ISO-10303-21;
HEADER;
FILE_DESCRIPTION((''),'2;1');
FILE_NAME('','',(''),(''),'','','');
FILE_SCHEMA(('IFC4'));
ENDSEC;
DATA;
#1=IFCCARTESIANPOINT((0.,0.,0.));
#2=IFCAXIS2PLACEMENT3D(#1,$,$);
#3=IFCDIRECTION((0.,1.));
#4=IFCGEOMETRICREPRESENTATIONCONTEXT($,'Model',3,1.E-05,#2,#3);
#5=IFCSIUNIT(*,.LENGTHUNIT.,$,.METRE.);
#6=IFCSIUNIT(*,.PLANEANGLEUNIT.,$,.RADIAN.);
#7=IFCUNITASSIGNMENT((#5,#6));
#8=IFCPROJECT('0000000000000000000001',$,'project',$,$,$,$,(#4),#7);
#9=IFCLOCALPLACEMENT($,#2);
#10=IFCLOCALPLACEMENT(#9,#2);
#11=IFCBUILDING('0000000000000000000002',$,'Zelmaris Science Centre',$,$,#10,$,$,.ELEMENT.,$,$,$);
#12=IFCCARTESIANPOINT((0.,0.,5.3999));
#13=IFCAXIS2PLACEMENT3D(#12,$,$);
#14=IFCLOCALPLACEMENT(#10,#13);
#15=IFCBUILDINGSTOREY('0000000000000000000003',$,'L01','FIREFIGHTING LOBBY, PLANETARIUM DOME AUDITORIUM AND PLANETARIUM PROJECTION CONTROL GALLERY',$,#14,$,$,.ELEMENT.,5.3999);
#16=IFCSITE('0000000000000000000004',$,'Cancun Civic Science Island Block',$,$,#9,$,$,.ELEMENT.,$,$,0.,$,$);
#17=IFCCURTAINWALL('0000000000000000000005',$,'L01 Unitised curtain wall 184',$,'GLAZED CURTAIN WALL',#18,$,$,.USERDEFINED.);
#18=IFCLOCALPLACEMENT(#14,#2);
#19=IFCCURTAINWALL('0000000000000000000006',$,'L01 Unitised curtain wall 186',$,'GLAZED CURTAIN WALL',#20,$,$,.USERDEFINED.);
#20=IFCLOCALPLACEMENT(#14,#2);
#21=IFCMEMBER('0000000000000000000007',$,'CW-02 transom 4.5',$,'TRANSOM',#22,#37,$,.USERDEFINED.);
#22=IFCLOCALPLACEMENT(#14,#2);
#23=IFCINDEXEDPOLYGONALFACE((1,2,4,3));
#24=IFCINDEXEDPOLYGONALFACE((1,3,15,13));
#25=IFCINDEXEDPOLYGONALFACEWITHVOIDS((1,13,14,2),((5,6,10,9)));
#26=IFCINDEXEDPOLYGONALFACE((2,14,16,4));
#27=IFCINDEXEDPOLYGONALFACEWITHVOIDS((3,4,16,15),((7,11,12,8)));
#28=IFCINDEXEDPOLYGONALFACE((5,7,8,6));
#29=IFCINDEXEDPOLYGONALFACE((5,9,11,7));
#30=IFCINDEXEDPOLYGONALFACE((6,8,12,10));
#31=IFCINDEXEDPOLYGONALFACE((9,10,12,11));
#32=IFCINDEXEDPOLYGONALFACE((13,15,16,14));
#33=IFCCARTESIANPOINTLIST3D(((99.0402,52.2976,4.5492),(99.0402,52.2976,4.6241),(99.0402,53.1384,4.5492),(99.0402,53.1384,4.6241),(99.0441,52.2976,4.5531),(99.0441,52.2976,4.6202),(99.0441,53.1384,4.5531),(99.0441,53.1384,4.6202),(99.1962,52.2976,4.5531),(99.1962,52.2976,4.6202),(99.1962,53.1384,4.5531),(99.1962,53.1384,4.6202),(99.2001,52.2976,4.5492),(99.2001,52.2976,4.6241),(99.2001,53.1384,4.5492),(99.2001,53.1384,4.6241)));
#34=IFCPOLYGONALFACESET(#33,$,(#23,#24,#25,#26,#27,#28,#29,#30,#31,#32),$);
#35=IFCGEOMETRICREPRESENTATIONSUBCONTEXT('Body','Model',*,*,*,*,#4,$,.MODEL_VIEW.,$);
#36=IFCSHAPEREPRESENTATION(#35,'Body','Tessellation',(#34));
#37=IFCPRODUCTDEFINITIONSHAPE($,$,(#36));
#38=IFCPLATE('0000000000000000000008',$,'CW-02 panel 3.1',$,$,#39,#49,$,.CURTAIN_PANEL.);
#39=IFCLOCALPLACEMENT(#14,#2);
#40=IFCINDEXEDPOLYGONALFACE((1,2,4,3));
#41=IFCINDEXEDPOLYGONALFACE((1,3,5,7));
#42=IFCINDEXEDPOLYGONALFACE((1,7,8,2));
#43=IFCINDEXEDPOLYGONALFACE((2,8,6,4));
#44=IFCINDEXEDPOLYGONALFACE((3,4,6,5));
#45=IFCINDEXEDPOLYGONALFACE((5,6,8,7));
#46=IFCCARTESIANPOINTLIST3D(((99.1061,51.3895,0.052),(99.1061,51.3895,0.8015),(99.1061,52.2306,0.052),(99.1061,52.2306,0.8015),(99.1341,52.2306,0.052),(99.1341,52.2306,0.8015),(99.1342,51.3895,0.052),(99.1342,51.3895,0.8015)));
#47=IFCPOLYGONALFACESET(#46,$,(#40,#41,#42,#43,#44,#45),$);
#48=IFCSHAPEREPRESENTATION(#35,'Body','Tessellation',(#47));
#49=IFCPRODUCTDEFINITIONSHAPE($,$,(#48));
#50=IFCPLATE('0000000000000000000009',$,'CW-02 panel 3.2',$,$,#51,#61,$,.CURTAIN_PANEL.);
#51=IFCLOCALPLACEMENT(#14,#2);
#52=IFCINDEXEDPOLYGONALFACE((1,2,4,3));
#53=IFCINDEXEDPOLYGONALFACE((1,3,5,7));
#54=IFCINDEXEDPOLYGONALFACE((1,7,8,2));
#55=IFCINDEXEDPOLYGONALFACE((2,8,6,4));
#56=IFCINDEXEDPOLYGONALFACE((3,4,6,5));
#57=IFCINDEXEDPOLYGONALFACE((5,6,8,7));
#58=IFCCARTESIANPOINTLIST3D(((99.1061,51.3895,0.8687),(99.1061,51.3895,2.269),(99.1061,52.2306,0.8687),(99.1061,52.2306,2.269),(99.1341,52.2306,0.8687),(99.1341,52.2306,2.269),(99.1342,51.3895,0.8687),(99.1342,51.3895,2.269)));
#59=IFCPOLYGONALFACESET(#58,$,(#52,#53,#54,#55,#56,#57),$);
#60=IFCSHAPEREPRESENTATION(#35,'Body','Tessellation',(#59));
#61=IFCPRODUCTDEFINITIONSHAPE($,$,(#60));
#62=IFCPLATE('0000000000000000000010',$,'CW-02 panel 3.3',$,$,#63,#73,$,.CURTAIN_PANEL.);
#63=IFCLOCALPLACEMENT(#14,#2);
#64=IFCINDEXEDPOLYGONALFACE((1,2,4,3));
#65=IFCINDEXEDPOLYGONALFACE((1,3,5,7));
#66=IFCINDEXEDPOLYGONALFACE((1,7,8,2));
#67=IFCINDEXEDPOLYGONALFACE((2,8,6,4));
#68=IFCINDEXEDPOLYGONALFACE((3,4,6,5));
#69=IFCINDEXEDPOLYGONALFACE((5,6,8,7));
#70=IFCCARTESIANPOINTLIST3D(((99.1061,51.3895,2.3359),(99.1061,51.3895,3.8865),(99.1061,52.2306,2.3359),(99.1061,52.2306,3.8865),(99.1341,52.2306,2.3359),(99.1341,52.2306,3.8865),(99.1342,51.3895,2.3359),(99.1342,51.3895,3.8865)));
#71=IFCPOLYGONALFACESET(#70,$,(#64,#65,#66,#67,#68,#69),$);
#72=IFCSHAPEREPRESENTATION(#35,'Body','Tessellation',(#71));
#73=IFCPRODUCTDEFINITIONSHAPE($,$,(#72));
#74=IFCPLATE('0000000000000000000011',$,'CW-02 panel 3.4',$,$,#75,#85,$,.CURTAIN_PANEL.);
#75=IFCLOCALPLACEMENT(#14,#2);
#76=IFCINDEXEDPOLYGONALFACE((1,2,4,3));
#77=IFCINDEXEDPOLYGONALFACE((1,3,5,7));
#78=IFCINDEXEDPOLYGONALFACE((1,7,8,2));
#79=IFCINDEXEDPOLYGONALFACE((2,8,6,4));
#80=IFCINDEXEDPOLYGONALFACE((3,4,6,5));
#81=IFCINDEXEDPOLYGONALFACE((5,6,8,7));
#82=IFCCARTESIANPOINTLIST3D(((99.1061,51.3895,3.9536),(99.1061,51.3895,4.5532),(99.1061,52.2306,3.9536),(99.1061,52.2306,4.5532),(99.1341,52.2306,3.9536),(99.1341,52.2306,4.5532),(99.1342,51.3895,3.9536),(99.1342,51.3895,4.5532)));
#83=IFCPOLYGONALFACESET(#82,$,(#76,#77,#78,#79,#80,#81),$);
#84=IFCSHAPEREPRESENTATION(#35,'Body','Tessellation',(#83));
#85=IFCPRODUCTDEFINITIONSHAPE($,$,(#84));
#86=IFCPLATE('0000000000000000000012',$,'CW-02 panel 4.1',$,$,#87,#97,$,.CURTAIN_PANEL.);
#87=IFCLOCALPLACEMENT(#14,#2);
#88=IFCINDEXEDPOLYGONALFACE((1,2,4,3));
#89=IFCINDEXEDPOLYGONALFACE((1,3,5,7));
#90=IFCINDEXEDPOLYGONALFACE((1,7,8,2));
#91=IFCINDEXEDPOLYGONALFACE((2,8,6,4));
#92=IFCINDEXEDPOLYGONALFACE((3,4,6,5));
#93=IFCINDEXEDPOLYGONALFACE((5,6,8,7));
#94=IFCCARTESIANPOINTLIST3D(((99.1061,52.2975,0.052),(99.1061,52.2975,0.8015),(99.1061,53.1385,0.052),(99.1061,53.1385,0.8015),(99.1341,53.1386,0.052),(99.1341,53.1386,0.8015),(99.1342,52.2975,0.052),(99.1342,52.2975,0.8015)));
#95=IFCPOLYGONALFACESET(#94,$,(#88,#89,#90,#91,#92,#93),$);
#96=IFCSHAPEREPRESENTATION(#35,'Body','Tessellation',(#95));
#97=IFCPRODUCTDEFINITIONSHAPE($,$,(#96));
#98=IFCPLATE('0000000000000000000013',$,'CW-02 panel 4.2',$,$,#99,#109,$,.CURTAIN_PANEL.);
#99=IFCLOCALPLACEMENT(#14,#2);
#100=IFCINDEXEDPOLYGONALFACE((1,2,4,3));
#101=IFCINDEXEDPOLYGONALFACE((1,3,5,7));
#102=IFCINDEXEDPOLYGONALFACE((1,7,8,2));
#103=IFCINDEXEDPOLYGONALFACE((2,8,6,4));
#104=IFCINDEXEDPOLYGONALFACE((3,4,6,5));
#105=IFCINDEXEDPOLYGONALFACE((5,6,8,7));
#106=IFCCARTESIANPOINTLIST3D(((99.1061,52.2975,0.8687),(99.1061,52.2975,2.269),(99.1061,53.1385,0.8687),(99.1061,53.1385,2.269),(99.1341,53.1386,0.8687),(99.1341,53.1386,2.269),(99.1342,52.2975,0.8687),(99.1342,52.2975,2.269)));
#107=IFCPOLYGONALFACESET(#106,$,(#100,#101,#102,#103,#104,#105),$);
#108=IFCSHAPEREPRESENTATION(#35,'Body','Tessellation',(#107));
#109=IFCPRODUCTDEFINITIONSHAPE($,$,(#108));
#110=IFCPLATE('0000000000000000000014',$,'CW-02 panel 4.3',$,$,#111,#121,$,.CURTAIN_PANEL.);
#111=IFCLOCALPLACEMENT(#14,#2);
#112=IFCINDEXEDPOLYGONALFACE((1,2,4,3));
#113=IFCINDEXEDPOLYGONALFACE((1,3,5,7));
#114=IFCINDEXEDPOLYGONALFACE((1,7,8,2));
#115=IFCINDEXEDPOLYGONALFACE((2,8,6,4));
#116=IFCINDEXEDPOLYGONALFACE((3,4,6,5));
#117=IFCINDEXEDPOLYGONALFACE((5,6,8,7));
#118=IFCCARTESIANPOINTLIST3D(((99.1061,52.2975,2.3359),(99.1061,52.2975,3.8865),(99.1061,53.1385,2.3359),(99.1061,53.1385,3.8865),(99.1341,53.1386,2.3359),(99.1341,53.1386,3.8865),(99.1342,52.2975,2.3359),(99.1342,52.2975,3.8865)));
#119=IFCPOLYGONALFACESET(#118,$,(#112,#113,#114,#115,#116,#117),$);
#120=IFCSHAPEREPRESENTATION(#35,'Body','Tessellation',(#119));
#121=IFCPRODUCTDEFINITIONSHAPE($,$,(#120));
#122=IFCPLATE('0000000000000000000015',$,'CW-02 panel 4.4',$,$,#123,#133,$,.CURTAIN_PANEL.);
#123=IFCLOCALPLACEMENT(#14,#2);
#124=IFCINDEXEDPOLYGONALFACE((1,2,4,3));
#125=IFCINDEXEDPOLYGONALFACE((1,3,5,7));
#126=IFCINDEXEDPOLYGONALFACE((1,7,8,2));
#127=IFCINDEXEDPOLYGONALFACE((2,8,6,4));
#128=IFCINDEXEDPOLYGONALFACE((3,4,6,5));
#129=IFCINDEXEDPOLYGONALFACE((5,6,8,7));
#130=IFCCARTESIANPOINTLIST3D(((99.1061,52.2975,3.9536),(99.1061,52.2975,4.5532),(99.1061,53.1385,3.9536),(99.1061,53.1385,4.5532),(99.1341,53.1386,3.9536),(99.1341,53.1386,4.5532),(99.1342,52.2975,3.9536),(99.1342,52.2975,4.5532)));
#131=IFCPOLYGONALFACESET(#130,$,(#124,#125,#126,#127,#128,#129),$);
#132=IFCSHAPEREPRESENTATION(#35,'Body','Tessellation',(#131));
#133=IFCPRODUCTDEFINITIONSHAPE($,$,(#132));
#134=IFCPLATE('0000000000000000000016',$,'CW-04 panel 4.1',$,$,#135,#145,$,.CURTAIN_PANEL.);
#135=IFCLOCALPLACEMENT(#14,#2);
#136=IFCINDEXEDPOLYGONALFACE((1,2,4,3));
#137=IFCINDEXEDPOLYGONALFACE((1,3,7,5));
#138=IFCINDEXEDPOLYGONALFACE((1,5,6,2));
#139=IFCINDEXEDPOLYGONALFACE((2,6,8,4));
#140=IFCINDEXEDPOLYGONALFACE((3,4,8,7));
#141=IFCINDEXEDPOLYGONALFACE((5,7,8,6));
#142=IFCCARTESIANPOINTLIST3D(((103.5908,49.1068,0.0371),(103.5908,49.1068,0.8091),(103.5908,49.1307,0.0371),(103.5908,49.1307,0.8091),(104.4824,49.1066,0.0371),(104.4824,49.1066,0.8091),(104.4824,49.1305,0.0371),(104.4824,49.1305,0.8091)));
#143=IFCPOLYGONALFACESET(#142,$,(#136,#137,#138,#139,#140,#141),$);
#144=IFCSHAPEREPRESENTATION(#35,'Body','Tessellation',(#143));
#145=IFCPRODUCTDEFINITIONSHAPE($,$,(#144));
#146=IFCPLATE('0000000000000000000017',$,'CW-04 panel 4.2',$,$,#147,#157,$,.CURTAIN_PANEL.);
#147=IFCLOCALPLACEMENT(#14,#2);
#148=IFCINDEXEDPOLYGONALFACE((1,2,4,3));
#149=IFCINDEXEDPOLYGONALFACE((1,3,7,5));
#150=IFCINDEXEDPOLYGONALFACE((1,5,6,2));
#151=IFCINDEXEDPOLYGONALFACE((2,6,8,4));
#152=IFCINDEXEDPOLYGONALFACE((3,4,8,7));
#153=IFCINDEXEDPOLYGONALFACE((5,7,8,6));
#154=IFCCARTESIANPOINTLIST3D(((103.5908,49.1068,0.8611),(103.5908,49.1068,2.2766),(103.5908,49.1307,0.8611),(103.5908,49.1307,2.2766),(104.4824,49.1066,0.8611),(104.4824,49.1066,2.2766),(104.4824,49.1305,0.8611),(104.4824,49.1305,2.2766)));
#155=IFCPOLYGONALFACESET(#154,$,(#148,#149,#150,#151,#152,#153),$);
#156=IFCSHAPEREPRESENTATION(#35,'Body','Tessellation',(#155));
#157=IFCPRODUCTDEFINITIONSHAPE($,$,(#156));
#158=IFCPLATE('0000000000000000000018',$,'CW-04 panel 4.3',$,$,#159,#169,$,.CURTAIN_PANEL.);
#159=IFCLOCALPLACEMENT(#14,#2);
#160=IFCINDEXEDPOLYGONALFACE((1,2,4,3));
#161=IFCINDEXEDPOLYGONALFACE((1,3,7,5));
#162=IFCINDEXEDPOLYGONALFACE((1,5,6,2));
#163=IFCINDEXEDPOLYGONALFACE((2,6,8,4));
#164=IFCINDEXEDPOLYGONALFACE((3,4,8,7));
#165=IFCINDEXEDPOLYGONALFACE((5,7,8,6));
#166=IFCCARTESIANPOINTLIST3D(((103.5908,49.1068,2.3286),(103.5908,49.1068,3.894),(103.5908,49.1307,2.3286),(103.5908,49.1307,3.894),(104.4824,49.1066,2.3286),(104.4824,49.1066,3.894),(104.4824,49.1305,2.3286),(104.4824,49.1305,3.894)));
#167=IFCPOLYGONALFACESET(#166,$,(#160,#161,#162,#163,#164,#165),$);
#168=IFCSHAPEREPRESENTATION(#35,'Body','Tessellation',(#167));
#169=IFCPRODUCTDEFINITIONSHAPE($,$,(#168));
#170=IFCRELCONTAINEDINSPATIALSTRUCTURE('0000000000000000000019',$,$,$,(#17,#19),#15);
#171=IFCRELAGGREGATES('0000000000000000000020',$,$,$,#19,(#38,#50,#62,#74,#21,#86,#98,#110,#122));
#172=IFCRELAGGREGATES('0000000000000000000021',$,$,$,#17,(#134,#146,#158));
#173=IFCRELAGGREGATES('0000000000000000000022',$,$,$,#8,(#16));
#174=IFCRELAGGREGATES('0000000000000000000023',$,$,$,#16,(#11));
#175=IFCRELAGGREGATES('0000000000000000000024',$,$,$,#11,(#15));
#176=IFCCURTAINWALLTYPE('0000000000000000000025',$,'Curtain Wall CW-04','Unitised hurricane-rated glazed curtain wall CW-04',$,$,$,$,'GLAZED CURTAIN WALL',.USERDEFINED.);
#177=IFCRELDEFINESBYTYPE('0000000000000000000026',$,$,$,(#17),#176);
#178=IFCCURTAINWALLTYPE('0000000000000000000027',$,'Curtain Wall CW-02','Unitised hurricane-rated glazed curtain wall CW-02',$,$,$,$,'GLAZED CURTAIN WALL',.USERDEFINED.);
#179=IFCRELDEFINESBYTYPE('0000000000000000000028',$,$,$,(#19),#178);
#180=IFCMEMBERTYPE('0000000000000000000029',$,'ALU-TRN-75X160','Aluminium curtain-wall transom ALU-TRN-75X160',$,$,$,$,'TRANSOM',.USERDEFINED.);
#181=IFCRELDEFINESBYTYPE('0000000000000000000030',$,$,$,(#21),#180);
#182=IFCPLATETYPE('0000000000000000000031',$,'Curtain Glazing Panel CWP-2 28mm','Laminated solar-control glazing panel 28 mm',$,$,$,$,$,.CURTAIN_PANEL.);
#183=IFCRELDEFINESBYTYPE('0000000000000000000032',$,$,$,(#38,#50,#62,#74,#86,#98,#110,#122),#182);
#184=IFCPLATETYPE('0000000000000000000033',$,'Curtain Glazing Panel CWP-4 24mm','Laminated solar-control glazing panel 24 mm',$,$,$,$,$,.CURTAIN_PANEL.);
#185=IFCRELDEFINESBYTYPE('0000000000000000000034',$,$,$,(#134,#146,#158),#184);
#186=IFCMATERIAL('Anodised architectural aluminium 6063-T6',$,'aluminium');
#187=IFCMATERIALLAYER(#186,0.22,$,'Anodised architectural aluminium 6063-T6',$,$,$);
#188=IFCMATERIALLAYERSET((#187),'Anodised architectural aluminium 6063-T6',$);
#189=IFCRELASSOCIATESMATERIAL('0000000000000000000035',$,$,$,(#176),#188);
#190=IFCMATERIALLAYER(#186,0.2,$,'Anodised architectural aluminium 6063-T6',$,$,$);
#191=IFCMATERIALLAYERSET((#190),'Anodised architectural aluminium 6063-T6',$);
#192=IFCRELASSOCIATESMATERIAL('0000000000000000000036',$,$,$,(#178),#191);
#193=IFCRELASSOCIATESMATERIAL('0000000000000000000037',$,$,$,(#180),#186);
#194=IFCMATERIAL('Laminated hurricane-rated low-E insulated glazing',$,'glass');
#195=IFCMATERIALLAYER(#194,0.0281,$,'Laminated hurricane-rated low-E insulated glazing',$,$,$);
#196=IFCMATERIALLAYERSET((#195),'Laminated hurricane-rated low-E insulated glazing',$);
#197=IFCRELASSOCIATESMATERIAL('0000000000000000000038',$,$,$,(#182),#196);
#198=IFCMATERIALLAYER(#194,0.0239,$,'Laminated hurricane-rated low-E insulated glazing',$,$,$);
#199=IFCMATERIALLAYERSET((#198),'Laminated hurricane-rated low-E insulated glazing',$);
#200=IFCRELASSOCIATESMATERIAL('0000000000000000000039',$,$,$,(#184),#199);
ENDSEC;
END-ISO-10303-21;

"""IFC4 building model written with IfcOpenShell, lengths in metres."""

from ifc_helpers import new_model, si_unit, direction, frame, origin, origin_2d, place, context, subcontext, project, spatial, rectangle, hollow_rectangle, extrude, material, layer, layer_set, material_profile, profile_set, type_object, element, aggregate, save


model = new_model("IFC4")

# Units and contexts
model_context = context("Model", 3, precision=1e-05, world=origin(), true_north=direction((0.0, 1.0)))
body_context = subcontext(model_context, "Body", "Model", "MODEL_VIEW")
ifc_project = project(units=[si_unit("LENGTHUNIT", "METRE"), si_unit("PLANEANGLEUNIT", "RADIAN")], contexts=[model_context])

# Site, building, storey
site_placement = place(None, origin())
site = spatial("IfcSite", under=ifc_project, at=site_placement, Name="Cancun Civic Science Island Block", CompositionType="ELEMENT", RefElevation=0.0)
building_placement = place(site_placement, origin())
building = spatial("IfcBuilding", under=site, at=building_placement, Name="Zelmaris Science Centre", CompositionType="ELEMENT")
storey_placement = place(building_placement, frame((0.0, 0.0, 5.3999)))
storey = spatial("IfcBuildingStorey", under=building, at=storey_placement, Name="L01", Description="FIREFIGHTING LOBBY, PLANETARIUM DOME AUDITORIUM AND PLANETARIUM PROJECTION CONTROL GALLERY", CompositionType="ELEMENT", Elevation=5.3999)

# Curtain wall
ifc_material_1 = material(Name="Anodised architectural aluminium 6063-T6", Category="aluminium")
ifc_layer_1 = layer(ifc_material_1, 0.22, Name="Anodised architectural aluminium 6063-T6")
ifc_layer_set_1 = layer_set([ifc_layer_1], Name="Anodised architectural aluminium 6063-T6")
curtain_wall_type_1 = type_object("IfcCurtainWallType", Name="Curtain Wall CW-04", Description="Unitised hurricane-rated glazed curtain wall CW-04", ElementType="GLAZED CURTAIN WALL", PredefinedType="USERDEFINED", material=ifc_layer_set_1)
curtain_wall_1_placement = place(storey_placement, origin())
curtain_wall_1 = element("IfcCurtainWall", 1, at=curtain_wall_1_placement, inside=storey, type_object=curtain_wall_type_1, Name="L01 Unitised curtain wall 184", ObjectType="GLAZED CURTAIN WALL", PredefinedType="USERDEFINED")

# Curtain wall, member, plates
ifc_layer_2 = layer(ifc_material_1, 0.2, Name="Anodised architectural aluminium 6063-T6")
ifc_layer_set_2 = layer_set([ifc_layer_2], Name="Anodised architectural aluminium 6063-T6")
curtain_wall_type_2 = type_object("IfcCurtainWallType", Name="Curtain Wall CW-02", Description="Unitised hurricane-rated glazed curtain wall CW-02", ElementType="GLAZED CURTAIN WALL", PredefinedType="USERDEFINED", material=ifc_layer_set_2)
curtain_wall_2_placement = place(storey_placement, origin())
curtain_wall_2 = element("IfcCurtainWall", 2, at=curtain_wall_2_placement, inside=storey, type_object=curtain_wall_type_2, Name="L01 Unitised curtain wall 186", ObjectType="GLAZED CURTAIN WALL", PredefinedType="USERDEFINED")
ifc_material_profile_1 = material_profile(ifc_material_1, hollow_rectangle(XDim=0.075, YDim=0.1599, WallThickness=0.0039, at=origin_2d()), Name="ALU-TRN-75X160")
ifc_profile_set_1 = profile_set([ifc_material_profile_1], Name="Anodised architectural aluminium 6063-T6")
member_type_1 = type_object("IfcMemberType", Name="ALU-TRN-75X160", Description="Aluminium curtain-wall transom ALU-TRN-75X160", ElementType="TRANSOM", PredefinedType="USERDEFINED", material=ifc_profile_set_1)
member_1_placement = place(storey_placement, frame((99.1201, 52.2976, 4.5867), z_axis=(0.0, 1.0, 0.0), x_axis=(0.0, 0.0, 1.0)))
member_1 = element("IfcMember", 3, at=member_1_placement, type_object=member_type_1, Name="CW-02 transom 4.5", ObjectType="TRANSOM", PredefinedType="USERDEFINED", context=body_context, shape_type="SweptSolid", body=[
    extrude(hollow_rectangle(XDim=0.075, YDim=0.1599, WallThickness=0.0039, at=origin_2d()), origin(), (0.0, 0.0, 1.0), 0.8408),
])
ifc_material_2 = material(Name="Laminated hurricane-rated low-E insulated glazing", Category="glass")
ifc_layer_3 = layer(ifc_material_2, 0.0281, Name="Laminated hurricane-rated low-E insulated glazing")
ifc_layer_set_3 = layer_set([ifc_layer_3], Name="Laminated hurricane-rated low-E insulated glazing")
plate_type_1 = type_object("IfcPlateType", Name="Curtain Glazing Panel CWP-2 28mm", Description="Laminated solar-control glazing panel 28 mm", PredefinedType="CURTAIN_PANEL", material=ifc_layer_set_3)
plate_1_placement = place(storey_placement, frame((99.1201, 51.8101, 0.052), z_axis=(0.0, 0.0, 1.0), x_axis=(-0.000022, 1.0, 0.0)))
plate_1 = element("IfcPlate", 4, at=plate_1_placement, type_object=plate_type_1, Name="CW-02 panel 3.1", PredefinedType="CURTAIN_PANEL", context=body_context, shape_type="SweptSolid", body=[
    extrude(rectangle(XDim=0.8411, YDim=0.0281, at=origin_2d()), origin(), (0.0, 0.0, 1.0), 0.7495),
])
plate_2_placement = place(storey_placement, frame((99.1201, 51.8101, 0.8687), z_axis=(0.0, 0.0, 1.0), x_axis=(-0.000022, 1.0, 0.0)))
plate_2 = element("IfcPlate", 5, at=plate_2_placement, type_object=plate_type_1, Name="CW-02 panel 3.2", PredefinedType="CURTAIN_PANEL", context=body_context, shape_type="SweptSolid", body=[
    extrude(rectangle(XDim=0.8411, YDim=0.0281, at=origin_2d()), origin(), (0.0, 0.0, 1.0), 1.4004),
])
plate_3_placement = place(storey_placement, frame((99.1201, 51.8101, 2.3359), z_axis=(0.0, 0.0, 1.0), x_axis=(-0.000022, 1.0, 0.0)))
plate_3 = element("IfcPlate", 6, at=plate_3_placement, type_object=plate_type_1, Name="CW-02 panel 3.3", PredefinedType="CURTAIN_PANEL", context=body_context, shape_type="SweptSolid", body=[
    extrude(rectangle(XDim=0.8411, YDim=0.0281, at=origin_2d()), origin(), (0.0, 0.0, 1.0), 1.5505),
])
plate_4_placement = place(storey_placement, frame((99.1201, 51.8101, 3.9536), z_axis=(0.0, 0.0, 1.0), x_axis=(-0.000022, 1.0, 0.0)))
plate_4 = element("IfcPlate", 7, at=plate_4_placement, type_object=plate_type_1, Name="CW-02 panel 3.4", PredefinedType="CURTAIN_PANEL", context=body_context, shape_type="SweptSolid", body=[
    extrude(rectangle(XDim=0.8411, YDim=0.0281, at=origin_2d()), origin(), (0.0, 0.0, 1.0), 0.5996),
])
plate_5_placement = place(storey_placement, frame((99.1201, 52.718, 0.052), z_axis=(0.0, 0.0, 1.0), x_axis=(-0.000022, 1.0, 0.0)))
plate_5 = element("IfcPlate", 8, at=plate_5_placement, type_object=plate_type_1, Name="CW-02 panel 4.1", PredefinedType="CURTAIN_PANEL", context=body_context, shape_type="SweptSolid", body=[
    extrude(rectangle(XDim=0.8411, YDim=0.0281, at=origin_2d()), origin(), (0.0, 0.0, 1.0), 0.7495),
])
plate_6_placement = place(storey_placement, frame((99.1201, 52.718, 0.8687), z_axis=(0.0, 0.0, 1.0), x_axis=(-0.000022, 1.0, 0.0)))
plate_6 = element("IfcPlate", 9, at=plate_6_placement, type_object=plate_type_1, Name="CW-02 panel 4.2", PredefinedType="CURTAIN_PANEL", context=body_context, shape_type="SweptSolid", body=[
    extrude(rectangle(XDim=0.8411, YDim=0.0281, at=origin_2d()), origin(), (0.0, 0.0, 1.0), 1.4004),
])
plate_7_placement = place(storey_placement, frame((99.1201, 52.718, 2.3359), z_axis=(0.0, 0.0, 1.0), x_axis=(-0.000022, 1.0, 0.0)))
plate_7 = element("IfcPlate", 10, at=plate_7_placement, type_object=plate_type_1, Name="CW-02 panel 4.3", PredefinedType="CURTAIN_PANEL", context=body_context, shape_type="SweptSolid", body=[
    extrude(rectangle(XDim=0.8411, YDim=0.0281, at=origin_2d()), origin(), (0.0, 0.0, 1.0), 1.5505),
])
plate_8_placement = place(storey_placement, frame((99.1201, 52.718, 3.9536), z_axis=(0.0, 0.0, 1.0), x_axis=(-0.000022, 1.0, 0.0)))
plate_8 = element("IfcPlate", 11, at=plate_8_placement, type_object=plate_type_1, Name="CW-02 panel 4.4", PredefinedType="CURTAIN_PANEL", context=body_context, shape_type="SweptSolid", body=[
    extrude(rectangle(XDim=0.8411, YDim=0.0281, at=origin_2d()), origin(), (0.0, 0.0, 1.0), 0.5996),
])
aggregate(curtain_wall_2, [plate_1, plate_2, plate_3, plate_4, member_1, plate_5, plate_6, plate_7, plate_8])

# Plates
ifc_layer_4 = layer(ifc_material_2, 0.0239, Name="Laminated hurricane-rated low-E insulated glazing")
ifc_layer_set_4 = layer_set([ifc_layer_4], Name="Laminated hurricane-rated low-E insulated glazing")
plate_type_2 = type_object("IfcPlateType", Name="Curtain Glazing Panel CWP-4 24mm", Description="Laminated solar-control glazing panel 24 mm", PredefinedType="CURTAIN_PANEL", material=ifc_layer_set_4)
plate_9_placement = place(storey_placement, frame((104.0366, 49.1187, 0.0371), z_axis=(0.0, 0.0, 1.0), x_axis=(-1.0, 0.000284, 0.0)))
plate_9 = element("IfcPlate", 12, at=plate_9_placement, type_object=plate_type_2, Name="CW-04 panel 4.1", PredefinedType="CURTAIN_PANEL", context=body_context, shape_type="SweptSolid", body=[
    extrude(rectangle(XDim=0.8916, YDim=0.0239, at=origin_2d()), origin(), (0.0, 0.0, 1.0), 0.772),
])
plate_10_placement = place(storey_placement, frame((104.0366, 49.1187, 0.8611), z_axis=(0.0, 0.0, 1.0), x_axis=(-1.0, 0.000284, 0.0)))
plate_10 = element("IfcPlate", 13, at=plate_10_placement, type_object=plate_type_2, Name="CW-04 panel 4.2", PredefinedType="CURTAIN_PANEL", context=body_context, shape_type="SweptSolid", body=[
    extrude(rectangle(XDim=0.8916, YDim=0.0239, at=origin_2d()), origin(), (0.0, 0.0, 1.0), 1.4155),
])
plate_11_placement = place(storey_placement, frame((104.0366, 49.1187, 2.3286), z_axis=(0.0, 0.0, 1.0), x_axis=(-1.0, 0.000284, 0.0)))
plate_11 = element("IfcPlate", 14, at=plate_11_placement, type_object=plate_type_2, Name="CW-04 panel 4.3", PredefinedType="CURTAIN_PANEL", context=body_context, shape_type="SweptSolid", body=[
    extrude(rectangle(XDim=0.8916, YDim=0.0239, at=origin_2d()), origin(), (0.0, 0.0, 1.0), 1.5654),
])
aggregate(curtain_wall_1, [plate_9, plate_10, plate_11])

save(model, "model.ifc")
